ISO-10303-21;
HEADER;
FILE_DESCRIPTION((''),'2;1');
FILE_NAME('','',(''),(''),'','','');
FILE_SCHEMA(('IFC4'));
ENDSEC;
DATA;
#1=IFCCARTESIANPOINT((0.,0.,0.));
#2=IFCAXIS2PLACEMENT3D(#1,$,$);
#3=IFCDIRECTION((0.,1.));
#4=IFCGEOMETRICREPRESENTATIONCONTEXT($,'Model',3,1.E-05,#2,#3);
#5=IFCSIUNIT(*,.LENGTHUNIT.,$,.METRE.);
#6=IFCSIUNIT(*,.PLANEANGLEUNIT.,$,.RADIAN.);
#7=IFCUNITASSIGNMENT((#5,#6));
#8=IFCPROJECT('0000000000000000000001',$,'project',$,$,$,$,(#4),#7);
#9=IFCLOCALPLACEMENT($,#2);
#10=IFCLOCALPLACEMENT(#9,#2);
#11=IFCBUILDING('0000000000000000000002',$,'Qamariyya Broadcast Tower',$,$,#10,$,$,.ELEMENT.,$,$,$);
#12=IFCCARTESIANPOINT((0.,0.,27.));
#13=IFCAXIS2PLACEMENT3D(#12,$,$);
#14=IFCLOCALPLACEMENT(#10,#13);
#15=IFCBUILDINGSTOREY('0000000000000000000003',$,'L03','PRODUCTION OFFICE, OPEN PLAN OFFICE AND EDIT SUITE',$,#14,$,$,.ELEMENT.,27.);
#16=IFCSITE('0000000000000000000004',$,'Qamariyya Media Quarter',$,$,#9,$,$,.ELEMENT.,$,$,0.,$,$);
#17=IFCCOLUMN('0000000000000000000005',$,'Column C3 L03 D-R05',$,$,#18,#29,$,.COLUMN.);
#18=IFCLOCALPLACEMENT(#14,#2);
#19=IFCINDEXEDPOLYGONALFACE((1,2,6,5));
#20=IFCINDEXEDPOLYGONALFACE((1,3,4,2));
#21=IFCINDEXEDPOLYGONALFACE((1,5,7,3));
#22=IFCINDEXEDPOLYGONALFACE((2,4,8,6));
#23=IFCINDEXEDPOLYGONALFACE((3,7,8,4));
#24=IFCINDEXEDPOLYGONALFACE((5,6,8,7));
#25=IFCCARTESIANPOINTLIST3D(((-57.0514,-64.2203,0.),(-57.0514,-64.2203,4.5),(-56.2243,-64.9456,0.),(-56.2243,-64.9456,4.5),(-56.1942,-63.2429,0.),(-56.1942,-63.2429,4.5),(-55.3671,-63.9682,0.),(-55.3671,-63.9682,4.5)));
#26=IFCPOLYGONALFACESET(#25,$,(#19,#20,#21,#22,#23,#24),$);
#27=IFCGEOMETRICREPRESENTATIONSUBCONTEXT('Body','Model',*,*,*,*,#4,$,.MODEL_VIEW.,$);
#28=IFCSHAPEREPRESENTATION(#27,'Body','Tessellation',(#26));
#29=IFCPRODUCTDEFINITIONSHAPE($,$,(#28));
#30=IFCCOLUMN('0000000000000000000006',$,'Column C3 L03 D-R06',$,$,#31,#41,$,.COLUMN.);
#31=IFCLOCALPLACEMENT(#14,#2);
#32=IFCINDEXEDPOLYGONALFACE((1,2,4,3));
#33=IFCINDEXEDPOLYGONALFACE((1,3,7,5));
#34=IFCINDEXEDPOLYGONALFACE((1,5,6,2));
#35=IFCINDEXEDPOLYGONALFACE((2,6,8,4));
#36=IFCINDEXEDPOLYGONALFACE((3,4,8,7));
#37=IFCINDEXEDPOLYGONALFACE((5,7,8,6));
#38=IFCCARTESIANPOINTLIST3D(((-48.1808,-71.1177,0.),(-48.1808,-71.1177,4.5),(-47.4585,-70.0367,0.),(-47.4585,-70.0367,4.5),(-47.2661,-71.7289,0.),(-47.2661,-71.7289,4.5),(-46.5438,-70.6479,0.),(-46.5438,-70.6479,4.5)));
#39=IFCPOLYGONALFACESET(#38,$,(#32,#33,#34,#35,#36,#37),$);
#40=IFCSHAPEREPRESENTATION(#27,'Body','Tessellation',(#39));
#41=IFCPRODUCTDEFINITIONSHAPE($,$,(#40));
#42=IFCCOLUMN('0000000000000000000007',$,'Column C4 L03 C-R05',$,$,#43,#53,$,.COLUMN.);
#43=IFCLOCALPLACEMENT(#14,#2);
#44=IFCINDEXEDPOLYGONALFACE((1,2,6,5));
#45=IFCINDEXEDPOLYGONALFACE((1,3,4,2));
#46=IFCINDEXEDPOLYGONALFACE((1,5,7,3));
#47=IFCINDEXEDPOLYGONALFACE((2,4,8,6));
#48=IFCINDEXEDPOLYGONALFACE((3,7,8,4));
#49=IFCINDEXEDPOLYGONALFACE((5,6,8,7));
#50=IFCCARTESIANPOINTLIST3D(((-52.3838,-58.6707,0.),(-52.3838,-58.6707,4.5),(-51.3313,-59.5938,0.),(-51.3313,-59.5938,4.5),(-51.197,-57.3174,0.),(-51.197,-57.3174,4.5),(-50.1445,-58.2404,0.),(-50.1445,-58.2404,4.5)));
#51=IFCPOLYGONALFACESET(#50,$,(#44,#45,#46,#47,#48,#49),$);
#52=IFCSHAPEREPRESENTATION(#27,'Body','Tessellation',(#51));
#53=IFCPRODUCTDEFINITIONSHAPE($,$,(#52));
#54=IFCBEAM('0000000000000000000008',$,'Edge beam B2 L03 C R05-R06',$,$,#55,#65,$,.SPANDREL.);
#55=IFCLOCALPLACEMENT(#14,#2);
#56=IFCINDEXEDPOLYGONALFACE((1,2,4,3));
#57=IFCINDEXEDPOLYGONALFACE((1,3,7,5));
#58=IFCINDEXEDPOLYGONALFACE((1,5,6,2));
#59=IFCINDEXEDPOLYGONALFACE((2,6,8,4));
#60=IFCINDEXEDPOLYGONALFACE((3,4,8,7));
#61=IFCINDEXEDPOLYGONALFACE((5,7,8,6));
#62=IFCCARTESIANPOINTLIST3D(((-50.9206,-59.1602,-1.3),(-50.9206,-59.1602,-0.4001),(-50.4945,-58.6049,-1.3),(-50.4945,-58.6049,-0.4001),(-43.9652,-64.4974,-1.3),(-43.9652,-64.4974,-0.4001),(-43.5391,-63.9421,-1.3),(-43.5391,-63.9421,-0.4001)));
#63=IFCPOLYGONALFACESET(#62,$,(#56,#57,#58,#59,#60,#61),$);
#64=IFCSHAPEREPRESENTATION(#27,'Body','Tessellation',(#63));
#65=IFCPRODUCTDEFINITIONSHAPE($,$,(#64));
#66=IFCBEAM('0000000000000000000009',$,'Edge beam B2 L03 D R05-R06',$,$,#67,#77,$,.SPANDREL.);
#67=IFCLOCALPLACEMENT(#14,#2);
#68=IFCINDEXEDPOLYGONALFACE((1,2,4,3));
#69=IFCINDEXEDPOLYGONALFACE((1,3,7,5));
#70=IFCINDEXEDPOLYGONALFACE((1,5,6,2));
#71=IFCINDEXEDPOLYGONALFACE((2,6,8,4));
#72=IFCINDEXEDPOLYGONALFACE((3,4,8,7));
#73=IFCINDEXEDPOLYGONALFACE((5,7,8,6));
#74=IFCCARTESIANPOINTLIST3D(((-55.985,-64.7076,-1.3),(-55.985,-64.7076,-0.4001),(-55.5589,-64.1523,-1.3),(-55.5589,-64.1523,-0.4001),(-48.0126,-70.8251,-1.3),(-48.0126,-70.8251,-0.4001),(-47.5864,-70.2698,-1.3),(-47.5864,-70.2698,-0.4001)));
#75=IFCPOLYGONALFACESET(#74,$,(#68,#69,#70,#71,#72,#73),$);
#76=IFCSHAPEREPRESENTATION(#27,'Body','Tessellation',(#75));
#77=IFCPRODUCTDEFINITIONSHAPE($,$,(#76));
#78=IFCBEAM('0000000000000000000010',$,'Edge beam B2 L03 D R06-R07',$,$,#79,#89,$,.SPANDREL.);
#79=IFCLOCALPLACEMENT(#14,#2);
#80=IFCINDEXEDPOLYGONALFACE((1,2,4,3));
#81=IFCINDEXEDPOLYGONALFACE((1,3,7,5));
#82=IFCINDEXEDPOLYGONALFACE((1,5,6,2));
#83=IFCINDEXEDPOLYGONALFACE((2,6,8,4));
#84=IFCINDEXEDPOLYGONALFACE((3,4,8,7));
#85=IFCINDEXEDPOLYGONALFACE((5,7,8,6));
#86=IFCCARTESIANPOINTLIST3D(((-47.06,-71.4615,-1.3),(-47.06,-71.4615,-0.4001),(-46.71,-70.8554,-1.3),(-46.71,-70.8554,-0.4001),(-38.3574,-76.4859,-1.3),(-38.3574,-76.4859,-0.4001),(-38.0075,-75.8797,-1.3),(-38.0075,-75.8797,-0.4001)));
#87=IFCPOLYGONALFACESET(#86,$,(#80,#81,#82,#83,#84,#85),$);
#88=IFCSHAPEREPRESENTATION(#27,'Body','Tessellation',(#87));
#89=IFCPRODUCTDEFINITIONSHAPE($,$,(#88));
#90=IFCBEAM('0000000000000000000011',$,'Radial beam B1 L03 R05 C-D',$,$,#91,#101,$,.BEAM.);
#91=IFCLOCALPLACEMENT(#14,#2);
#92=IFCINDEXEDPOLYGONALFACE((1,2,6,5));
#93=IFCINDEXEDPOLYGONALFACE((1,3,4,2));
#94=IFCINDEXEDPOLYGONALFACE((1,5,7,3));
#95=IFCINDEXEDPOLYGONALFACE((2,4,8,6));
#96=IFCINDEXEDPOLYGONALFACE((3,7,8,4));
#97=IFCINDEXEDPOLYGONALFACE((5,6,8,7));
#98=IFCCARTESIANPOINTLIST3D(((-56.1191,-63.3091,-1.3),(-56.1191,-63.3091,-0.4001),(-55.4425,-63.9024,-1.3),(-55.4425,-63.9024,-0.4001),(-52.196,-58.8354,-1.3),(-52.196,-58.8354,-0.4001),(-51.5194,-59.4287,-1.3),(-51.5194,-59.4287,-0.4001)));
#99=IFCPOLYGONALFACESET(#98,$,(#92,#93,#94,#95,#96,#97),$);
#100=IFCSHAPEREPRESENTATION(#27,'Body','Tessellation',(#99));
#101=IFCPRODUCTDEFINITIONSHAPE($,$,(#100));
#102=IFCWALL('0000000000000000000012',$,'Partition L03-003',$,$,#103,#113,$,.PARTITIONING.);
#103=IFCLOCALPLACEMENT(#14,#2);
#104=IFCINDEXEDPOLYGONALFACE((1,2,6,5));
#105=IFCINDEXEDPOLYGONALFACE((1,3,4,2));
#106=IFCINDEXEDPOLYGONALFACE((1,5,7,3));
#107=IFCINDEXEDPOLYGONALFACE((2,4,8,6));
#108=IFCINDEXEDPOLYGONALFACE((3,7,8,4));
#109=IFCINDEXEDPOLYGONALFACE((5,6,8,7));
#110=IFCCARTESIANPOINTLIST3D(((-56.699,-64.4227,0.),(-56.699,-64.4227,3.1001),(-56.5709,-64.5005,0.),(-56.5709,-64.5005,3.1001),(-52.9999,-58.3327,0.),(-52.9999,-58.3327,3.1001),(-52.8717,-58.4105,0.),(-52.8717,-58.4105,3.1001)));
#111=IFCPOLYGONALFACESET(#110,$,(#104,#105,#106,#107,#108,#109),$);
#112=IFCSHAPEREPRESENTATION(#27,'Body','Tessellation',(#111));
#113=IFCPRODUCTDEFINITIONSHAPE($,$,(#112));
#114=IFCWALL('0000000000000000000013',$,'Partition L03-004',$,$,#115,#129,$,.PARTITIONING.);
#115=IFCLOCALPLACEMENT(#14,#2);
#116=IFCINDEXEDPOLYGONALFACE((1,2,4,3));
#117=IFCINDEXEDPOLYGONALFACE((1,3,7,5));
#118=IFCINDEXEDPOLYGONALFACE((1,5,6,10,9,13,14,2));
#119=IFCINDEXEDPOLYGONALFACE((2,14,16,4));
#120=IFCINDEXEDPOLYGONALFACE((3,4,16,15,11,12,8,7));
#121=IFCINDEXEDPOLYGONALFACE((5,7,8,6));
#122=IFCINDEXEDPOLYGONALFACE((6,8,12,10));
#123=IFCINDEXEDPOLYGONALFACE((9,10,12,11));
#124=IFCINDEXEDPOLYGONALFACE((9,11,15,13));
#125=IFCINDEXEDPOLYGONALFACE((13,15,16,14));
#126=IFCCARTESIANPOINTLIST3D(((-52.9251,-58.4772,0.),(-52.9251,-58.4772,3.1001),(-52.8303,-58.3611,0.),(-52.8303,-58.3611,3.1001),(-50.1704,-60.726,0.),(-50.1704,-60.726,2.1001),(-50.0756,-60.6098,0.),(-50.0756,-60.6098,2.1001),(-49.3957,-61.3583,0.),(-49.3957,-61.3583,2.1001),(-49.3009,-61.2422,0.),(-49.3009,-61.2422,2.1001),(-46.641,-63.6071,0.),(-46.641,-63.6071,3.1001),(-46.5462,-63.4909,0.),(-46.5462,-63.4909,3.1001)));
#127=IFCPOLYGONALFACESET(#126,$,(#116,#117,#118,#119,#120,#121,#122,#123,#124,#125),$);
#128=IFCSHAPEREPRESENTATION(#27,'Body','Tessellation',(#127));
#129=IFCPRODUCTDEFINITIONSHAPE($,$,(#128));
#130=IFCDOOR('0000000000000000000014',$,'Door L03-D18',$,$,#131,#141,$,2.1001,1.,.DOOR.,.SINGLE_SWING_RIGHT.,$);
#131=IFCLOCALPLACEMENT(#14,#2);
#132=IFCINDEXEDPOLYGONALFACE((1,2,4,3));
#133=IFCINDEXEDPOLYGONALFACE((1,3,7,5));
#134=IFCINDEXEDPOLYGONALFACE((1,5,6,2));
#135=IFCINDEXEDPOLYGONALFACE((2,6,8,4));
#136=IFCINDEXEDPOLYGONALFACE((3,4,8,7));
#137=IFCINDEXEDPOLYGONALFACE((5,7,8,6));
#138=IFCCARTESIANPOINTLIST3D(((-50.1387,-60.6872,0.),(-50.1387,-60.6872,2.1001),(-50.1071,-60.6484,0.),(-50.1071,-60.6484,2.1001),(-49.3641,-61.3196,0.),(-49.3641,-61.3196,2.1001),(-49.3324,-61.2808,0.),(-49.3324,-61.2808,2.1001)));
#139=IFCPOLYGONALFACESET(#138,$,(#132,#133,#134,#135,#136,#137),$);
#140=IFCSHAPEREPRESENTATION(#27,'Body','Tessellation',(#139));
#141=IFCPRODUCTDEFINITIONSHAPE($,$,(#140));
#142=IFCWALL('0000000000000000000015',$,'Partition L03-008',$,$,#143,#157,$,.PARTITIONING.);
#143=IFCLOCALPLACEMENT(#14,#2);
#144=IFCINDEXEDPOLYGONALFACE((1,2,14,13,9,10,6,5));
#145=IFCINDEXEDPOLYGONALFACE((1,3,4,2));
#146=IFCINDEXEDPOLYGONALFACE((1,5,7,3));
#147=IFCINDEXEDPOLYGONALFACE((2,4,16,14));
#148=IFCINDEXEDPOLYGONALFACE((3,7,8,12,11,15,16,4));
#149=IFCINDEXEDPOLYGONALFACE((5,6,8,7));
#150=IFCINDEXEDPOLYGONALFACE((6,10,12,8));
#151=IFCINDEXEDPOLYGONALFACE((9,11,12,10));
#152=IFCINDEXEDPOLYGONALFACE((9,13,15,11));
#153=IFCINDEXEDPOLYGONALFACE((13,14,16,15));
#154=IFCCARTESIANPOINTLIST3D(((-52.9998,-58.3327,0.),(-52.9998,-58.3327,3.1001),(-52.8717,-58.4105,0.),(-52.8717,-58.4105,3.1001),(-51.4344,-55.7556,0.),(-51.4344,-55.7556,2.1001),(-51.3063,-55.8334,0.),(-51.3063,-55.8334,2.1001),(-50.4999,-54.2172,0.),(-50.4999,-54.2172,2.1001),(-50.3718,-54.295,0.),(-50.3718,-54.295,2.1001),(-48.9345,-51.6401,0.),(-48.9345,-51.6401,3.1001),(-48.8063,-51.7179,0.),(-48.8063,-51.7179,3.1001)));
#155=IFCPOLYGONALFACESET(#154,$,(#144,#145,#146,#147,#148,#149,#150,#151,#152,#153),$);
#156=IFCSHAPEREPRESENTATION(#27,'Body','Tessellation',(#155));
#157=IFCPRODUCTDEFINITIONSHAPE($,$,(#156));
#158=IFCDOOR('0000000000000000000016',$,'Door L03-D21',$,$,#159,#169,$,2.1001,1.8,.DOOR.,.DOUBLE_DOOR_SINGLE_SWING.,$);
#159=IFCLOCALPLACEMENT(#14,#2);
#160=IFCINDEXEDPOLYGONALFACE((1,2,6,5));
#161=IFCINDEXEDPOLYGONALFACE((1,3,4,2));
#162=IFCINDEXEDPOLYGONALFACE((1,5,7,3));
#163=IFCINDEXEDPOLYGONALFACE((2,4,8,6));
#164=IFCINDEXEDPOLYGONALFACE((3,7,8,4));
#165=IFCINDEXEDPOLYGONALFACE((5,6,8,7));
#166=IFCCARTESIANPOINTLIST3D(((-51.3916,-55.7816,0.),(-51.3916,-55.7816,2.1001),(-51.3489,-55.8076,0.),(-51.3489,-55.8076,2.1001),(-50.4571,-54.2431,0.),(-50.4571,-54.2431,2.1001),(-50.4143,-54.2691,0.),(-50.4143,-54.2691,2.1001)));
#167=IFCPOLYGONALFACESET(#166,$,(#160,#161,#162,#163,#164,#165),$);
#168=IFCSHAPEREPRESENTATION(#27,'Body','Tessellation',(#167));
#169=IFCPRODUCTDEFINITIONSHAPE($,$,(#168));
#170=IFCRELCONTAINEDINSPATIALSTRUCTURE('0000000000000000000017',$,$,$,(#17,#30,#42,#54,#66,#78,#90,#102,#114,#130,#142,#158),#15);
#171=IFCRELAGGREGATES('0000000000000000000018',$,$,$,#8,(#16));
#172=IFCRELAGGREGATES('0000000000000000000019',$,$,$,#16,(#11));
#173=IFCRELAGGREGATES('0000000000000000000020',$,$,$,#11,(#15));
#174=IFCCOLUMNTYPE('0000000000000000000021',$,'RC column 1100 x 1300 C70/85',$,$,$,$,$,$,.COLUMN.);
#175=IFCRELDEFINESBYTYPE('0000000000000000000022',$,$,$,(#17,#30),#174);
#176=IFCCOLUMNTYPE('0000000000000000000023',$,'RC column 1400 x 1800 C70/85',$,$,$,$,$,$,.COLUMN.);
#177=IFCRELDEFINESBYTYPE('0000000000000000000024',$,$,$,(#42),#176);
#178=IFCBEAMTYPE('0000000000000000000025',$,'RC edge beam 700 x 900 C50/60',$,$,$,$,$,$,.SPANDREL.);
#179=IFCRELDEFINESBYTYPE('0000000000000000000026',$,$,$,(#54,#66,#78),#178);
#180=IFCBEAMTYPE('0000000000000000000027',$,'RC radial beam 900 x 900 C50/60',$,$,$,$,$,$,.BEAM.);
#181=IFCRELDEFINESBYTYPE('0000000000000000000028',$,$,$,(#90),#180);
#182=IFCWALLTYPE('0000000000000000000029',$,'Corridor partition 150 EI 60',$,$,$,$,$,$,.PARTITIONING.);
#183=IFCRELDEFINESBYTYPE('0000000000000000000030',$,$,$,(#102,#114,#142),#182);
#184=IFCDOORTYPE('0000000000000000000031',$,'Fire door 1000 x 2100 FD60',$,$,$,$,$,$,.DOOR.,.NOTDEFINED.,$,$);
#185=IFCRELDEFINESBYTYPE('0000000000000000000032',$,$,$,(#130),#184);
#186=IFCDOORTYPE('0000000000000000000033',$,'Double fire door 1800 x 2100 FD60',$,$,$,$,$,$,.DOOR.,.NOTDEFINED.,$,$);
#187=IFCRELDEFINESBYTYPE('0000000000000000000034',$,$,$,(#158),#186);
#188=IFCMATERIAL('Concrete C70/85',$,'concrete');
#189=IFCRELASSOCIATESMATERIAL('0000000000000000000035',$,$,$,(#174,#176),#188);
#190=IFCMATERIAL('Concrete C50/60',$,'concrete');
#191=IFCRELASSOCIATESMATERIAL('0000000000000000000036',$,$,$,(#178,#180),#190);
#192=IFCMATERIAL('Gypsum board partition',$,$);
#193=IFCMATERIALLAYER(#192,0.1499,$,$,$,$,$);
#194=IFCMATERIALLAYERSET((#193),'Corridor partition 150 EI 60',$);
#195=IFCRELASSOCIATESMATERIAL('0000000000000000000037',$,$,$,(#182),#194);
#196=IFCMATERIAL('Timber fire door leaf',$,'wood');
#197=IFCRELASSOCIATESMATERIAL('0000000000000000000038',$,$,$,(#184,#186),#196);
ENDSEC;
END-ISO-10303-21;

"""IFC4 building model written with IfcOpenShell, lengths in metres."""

from ifc_helpers import new_model, si_unit, direction, frame, frame_2d, origin, origin_2d, place, context, subcontext, project, spatial, rectangle, extrude, material, layer, layer_set, material_profile, profile_set, type_object, element, fill, save


model = new_model("IFC4")

# Units and contexts
model_context = context("Model", 3, precision=1e-05, world=origin(), true_north=direction((0.0, 1.0)))
body_context = subcontext(model_context, "Body", "Model", "MODEL_VIEW")
ifc_project = project(units=[si_unit("LENGTHUNIT", "METRE"), si_unit("PLANEANGLEUNIT", "RADIAN")], contexts=[model_context])

# Site, building, storey
site_placement = place(None, origin())
site = spatial("IfcSite", under=ifc_project, at=site_placement, Name="Qamariyya Media Quarter", CompositionType="ELEMENT", RefElevation=0.0)
building_placement = place(site_placement, origin())
building = spatial("IfcBuilding", under=site, at=building_placement, Name="Qamariyya Broadcast Tower", CompositionType="ELEMENT")
storey_placement = place(building_placement, frame((0.0, 0.0, 27.0)))
storey = spatial("IfcBuildingStorey", under=building, at=storey_placement, Name="L03", Description="PRODUCTION OFFICE, OPEN PLAN OFFICE AND EDIT SUITE", CompositionType="ELEMENT", Elevation=27.0)

# Columns
ifc_material_1 = material(Name="Concrete C70/85", Category="concrete")
ifc_material_profile_1 = material_profile(ifc_material_1, rectangle(XDim=1.1001, YDim=1.3, at=origin_2d()))
ifc_profile_set_1 = profile_set([ifc_material_profile_1], Name="Concrete C70/85")
column_type_1 = type_object("IfcColumnType", Name="RC column 1100 x 1300 C70/85", PredefinedType="COLUMN", material=ifc_profile_set_1)
for number, where, z_axis, x_axis, name in (
    (1, (-56.2092, -64.0942, 0.0), (0.0, 0.0, 1.0), (0.75184, -0.659346, 0.0), "Column C3 L03 D-R05"),
    (2, (-47.3623, -70.8828, 0.0), (0.0, 0.0, 1.0), (0.83147, -0.55557, 0.0), "Column C3 L03 D-R06"),
):
    element("IfcColumn", number, at=place(storey_placement, frame(where, z_axis=z_axis, x_axis=x_axis)), inside=storey, type_object=column_type_1, Name=name, PredefinedType="COLUMN", context=body_context, shape_type="SweptSolid", body=[
        extrude(rectangle(XDim=1.1001, YDim=1.3, at=origin_2d()), origin(), (0.0, 0.0, 1.0), 4.5),
    ])
ifc_material_profile_2 = material_profile(ifc_material_1, rectangle(XDim=1.3999, YDim=1.8, at=origin_2d()))
ifc_profile_set_2 = profile_set([ifc_material_profile_2], Name="Concrete C70/85")
column_type_2 = type_object("IfcColumnType", Name="RC column 1400 x 1800 C70/85", PredefinedType="COLUMN", material=ifc_profile_set_2)
column_placement = place(storey_placement, frame((-51.2642, -58.4556, 0.0), z_axis=(0.0, 0.0, 1.0), x_axis=(0.75184, -0.659346, 0.0)))
element("IfcColumn", 3, at=column_placement, inside=storey, type_object=column_type_2, Name="Column C4 L03 C-R05", PredefinedType="COLUMN", context=body_context, shape_type="SweptSolid", body=[
    extrude(rectangle(XDim=1.3999, YDim=1.8, at=origin_2d()), origin(), (0.0, 0.0, 1.0), 4.5),
])

# Beams
ifc_material_2 = material(Name="Concrete C50/60", Category="concrete")
ifc_material_profile_3 = material_profile(ifc_material_2, rectangle(XDim=0.7, YDim=0.8999, at=origin_2d()))
ifc_profile_set_3 = profile_set([ifc_material_profile_3], Name="Concrete C50/60")
beam_type_1 = type_object("IfcBeamType", Name="RC edge beam 700 x 900 C50/60", PredefinedType="SPANDREL", material=ifc_profile_set_3)
beam_1_placement = place(storey_placement, frame((-50.7075, -58.8826, -0.8501), z_axis=(0.793345, -0.608772, 0.0), x_axis=(0.608772, 0.793345, 0.0)))
element("IfcBeam", 4, at=beam_1_placement, inside=storey, type_object=beam_type_1, Name="Edge beam B2 L03 C R05-R06", PredefinedType="SPANDREL", context=body_context, shape_type="SweptSolid", body=[
    extrude(rectangle(XDim=0.7, YDim=0.8999, at=origin_2d()), origin(), (0.0, 0.0, 1.0), 8.7671),
])
beam_2_placement = place(storey_placement, frame((-55.772, -64.4299, -0.8501), z_axis=(0.793354, -0.60876, 0.0), x_axis=(0.60876, 0.793354, 0.0)))
element("IfcBeam", 5, at=beam_2_placement, inside=storey, type_object=beam_type_1, Name="Edge beam B2 L03 D R05-R06", PredefinedType="SPANDREL", context=body_context, shape_type="SweptSolid", body=[
    extrude(rectangle(XDim=0.7, YDim=0.8999, at=origin_2d()), origin(), (0.0, 0.0, 1.0), 10.0491),
])
beam_3_placement = place(storey_placement, frame((-46.885, -71.1584, -0.8501), z_axis=(0.866028, -0.499996, 0.0), x_axis=(0.499996, 0.866028, 0.0)))
element("IfcBeam", 6, at=beam_3_placement, inside=storey, type_object=beam_type_1, Name="Edge beam B2 L03 D R06-R07", PredefinedType="SPANDREL", context=body_context, shape_type="SweptSolid", body=[
    extrude(rectangle(XDim=0.7, YDim=0.8999, at=origin_2d()), origin(), (0.0, 0.0, 1.0), 10.0488),
])
ifc_material_profile_4 = material_profile(ifc_material_2, rectangle(XDim=0.8999, YDim=0.8999, at=origin_2d()))
ifc_profile_set_4 = profile_set([ifc_material_profile_4], Name="Concrete C50/60")
beam_type_2 = type_object("IfcBeamType", Name="RC radial beam 900 x 900 C50/60", PredefinedType="BEAM", material=ifc_profile_set_4)
beam_4_placement = place(storey_placement, frame((-51.8577, -59.1321, -0.8501), z_axis=(-0.659329, -0.751854, 0.0), x_axis=(0.751854, -0.659329, 0.0)))
element("IfcBeam", 7, at=beam_4_placement, inside=storey, type_object=beam_type_2, Name="Radial beam B1 L03 R05 C-D", PredefinedType="BEAM", context=body_context, shape_type="SweptSolid", body=[
    extrude(rectangle(XDim=0.8999, YDim=0.8999, at=origin_2d()), origin(), (0.0, 0.0, 1.0), 5.9502),
])

# Wall
ifc_material_3 = material(Name="Gypsum board partition")
ifc_layer_1 = layer(ifc_material_3, 0.1499)
ifc_layer_set_1 = layer_set([ifc_layer_1], Name="Corridor partition 150 EI 60")
wall_type_1 = type_object("IfcWallType", Name="Corridor partition 150 EI 60", PredefinedType="PARTITIONING", material=ifc_layer_set_1)
wall_1_placement = place(storey_placement, frame((-52.9358, -58.3716, 0.0), z_axis=(0.0, 0.0, 1.0), x_axis=(-0.519149, -0.854684, 0.0)))
element("IfcWall", 8, at=wall_1_placement, inside=storey, type_object=wall_type_1, Name="Partition L03-003", PredefinedType="PARTITIONING", context=body_context, shape_type="SweptSolid", body=[
    extrude(rectangle(XDim=7.1255, YDim=0.1499, at=frame_2d((3.5627, 0.0))), origin(), (0.0, 0.0, 1.0), 3.1001),
])

# Walls, openings, doors
wall_2_placement = place(storey_placement, frame((-46.5935, -63.5491, 0.0), z_axis=(0.0, 0.0, 1.0), x_axis=(-0.774665, 0.632372, 0.0)))
wall_2 = element("IfcWall", 9, at=wall_2_placement, inside=storey, type_object=wall_type_1, Name="Partition L03-004", PredefinedType="PARTITIONING", context=body_context, shape_type="SweptSolid", body=[
    extrude(rectangle(XDim=8.1121, YDim=0.1499, at=frame_2d((4.0562, 0.0))), origin(), (0.0, 0.0, 1.0), 3.1001),
])
opening_1_placement = place(wall_2_placement, frame((3.5562, 0.0, 0.0)))
opening_1 = element("IfcOpeningElement", 10, at=opening_1_placement, cuts=wall_2, PredefinedType="OPENING", context=body_context, shape_type="SweptSolid", body=[
    extrude(rectangle(XDim=1.0, YDim=2.1001, at=frame_2d((0.5, 1.05))), frame((0.0, 0.085, 0.0), z_axis=(0.0, -1.0, 0.0), x_axis=(1.0, 0.0, 0.0)), (0.0, 0.0, 1.0), 0.1699),
])
ifc_material_4 = material(Name="Timber fire door leaf", Category="wood")
door_type_1 = type_object("IfcDoorType", Name="Fire door 1000 x 2100 FD60", OperationType="NOTDEFINED", PredefinedType="DOOR", material=ifc_material_4)
door_1_placement = place(opening_1_placement, origin())
door_1 = element("IfcDoor", 11, at=door_1_placement, inside=storey, type_object=door_type_1, Name="Door L03-D18", OperationType="SINGLE_SWING_RIGHT", OverallHeight=2.1001, OverallWidth=1.0, PredefinedType="DOOR", context=body_context, shape_type="SweptSolid", body=[
    extrude(rectangle(XDim=1.0, YDim=2.1001, at=frame_2d((0.5, 1.05))), frame((0.0, 0.0249, 0.0), z_axis=(0.0, -1.0, 0.0), x_axis=(1.0, 0.0, 0.0)), (0.0, 0.0, 1.0), 0.05),
])
fill(opening_1, door_1)
wall_3_placement = place(storey_placement, frame((-52.9358, -58.3716, 0.0), z_axis=(0.0, 0.0, 1.0), x_axis=(0.519169, 0.854671, 0.0)))
wall_3 = element("IfcWall", 12, at=wall_3_placement, inside=storey, type_object=wall_type_1, Name="Partition L03-008", PredefinedType="PARTITIONING", context=body_context, shape_type="SweptSolid", body=[
    extrude(rectangle(XDim=7.8306, YDim=0.1499, at=frame_2d((3.9153, 0.0))), origin(), (0.0, 0.0, 1.0), 3.1001),
])
opening_2_placement = place(wall_3_placement, frame((3.0154, 0.0, 0.0)))
opening_2 = element("IfcOpeningElement", 13, at=opening_2_placement, cuts=wall_3, PredefinedType="OPENING", context=body_context, shape_type="SweptSolid", body=[
    extrude(rectangle(XDim=1.8, YDim=2.1001, at=frame_2d((0.8999, 1.05))), frame((0.0, 0.085, 0.0), z_axis=(0.0, -1.0, 0.0), x_axis=(1.0, 0.0, 0.0)), (0.0, 0.0, 1.0), 0.1699),
])
door_type_2 = type_object("IfcDoorType", Name="Double fire door 1800 x 2100 FD60", OperationType="NOTDEFINED", PredefinedType="DOOR", material=ifc_material_4)
door_2_placement = place(opening_2_placement, origin())
door_2 = element("IfcDoor", 14, at=door_2_placement, inside=storey, type_object=door_type_2, Name="Door L03-D21", OperationType="DOUBLE_DOOR_SINGLE_SWING", OverallHeight=2.1001, OverallWidth=1.8, PredefinedType="DOOR", context=body_context, shape_type="SweptSolid", body=[
    extrude(rectangle(XDim=1.8, YDim=2.1001, at=frame_2d((0.8999, 1.05))), frame((0.0, 0.0249, 0.0), z_axis=(0.0, -1.0, 0.0), x_axis=(1.0, 0.0, 0.0)), (0.0, 0.0, 1.0), 0.05),
])
fill(opening_2, door_2)

save(model, "model.ifc")
